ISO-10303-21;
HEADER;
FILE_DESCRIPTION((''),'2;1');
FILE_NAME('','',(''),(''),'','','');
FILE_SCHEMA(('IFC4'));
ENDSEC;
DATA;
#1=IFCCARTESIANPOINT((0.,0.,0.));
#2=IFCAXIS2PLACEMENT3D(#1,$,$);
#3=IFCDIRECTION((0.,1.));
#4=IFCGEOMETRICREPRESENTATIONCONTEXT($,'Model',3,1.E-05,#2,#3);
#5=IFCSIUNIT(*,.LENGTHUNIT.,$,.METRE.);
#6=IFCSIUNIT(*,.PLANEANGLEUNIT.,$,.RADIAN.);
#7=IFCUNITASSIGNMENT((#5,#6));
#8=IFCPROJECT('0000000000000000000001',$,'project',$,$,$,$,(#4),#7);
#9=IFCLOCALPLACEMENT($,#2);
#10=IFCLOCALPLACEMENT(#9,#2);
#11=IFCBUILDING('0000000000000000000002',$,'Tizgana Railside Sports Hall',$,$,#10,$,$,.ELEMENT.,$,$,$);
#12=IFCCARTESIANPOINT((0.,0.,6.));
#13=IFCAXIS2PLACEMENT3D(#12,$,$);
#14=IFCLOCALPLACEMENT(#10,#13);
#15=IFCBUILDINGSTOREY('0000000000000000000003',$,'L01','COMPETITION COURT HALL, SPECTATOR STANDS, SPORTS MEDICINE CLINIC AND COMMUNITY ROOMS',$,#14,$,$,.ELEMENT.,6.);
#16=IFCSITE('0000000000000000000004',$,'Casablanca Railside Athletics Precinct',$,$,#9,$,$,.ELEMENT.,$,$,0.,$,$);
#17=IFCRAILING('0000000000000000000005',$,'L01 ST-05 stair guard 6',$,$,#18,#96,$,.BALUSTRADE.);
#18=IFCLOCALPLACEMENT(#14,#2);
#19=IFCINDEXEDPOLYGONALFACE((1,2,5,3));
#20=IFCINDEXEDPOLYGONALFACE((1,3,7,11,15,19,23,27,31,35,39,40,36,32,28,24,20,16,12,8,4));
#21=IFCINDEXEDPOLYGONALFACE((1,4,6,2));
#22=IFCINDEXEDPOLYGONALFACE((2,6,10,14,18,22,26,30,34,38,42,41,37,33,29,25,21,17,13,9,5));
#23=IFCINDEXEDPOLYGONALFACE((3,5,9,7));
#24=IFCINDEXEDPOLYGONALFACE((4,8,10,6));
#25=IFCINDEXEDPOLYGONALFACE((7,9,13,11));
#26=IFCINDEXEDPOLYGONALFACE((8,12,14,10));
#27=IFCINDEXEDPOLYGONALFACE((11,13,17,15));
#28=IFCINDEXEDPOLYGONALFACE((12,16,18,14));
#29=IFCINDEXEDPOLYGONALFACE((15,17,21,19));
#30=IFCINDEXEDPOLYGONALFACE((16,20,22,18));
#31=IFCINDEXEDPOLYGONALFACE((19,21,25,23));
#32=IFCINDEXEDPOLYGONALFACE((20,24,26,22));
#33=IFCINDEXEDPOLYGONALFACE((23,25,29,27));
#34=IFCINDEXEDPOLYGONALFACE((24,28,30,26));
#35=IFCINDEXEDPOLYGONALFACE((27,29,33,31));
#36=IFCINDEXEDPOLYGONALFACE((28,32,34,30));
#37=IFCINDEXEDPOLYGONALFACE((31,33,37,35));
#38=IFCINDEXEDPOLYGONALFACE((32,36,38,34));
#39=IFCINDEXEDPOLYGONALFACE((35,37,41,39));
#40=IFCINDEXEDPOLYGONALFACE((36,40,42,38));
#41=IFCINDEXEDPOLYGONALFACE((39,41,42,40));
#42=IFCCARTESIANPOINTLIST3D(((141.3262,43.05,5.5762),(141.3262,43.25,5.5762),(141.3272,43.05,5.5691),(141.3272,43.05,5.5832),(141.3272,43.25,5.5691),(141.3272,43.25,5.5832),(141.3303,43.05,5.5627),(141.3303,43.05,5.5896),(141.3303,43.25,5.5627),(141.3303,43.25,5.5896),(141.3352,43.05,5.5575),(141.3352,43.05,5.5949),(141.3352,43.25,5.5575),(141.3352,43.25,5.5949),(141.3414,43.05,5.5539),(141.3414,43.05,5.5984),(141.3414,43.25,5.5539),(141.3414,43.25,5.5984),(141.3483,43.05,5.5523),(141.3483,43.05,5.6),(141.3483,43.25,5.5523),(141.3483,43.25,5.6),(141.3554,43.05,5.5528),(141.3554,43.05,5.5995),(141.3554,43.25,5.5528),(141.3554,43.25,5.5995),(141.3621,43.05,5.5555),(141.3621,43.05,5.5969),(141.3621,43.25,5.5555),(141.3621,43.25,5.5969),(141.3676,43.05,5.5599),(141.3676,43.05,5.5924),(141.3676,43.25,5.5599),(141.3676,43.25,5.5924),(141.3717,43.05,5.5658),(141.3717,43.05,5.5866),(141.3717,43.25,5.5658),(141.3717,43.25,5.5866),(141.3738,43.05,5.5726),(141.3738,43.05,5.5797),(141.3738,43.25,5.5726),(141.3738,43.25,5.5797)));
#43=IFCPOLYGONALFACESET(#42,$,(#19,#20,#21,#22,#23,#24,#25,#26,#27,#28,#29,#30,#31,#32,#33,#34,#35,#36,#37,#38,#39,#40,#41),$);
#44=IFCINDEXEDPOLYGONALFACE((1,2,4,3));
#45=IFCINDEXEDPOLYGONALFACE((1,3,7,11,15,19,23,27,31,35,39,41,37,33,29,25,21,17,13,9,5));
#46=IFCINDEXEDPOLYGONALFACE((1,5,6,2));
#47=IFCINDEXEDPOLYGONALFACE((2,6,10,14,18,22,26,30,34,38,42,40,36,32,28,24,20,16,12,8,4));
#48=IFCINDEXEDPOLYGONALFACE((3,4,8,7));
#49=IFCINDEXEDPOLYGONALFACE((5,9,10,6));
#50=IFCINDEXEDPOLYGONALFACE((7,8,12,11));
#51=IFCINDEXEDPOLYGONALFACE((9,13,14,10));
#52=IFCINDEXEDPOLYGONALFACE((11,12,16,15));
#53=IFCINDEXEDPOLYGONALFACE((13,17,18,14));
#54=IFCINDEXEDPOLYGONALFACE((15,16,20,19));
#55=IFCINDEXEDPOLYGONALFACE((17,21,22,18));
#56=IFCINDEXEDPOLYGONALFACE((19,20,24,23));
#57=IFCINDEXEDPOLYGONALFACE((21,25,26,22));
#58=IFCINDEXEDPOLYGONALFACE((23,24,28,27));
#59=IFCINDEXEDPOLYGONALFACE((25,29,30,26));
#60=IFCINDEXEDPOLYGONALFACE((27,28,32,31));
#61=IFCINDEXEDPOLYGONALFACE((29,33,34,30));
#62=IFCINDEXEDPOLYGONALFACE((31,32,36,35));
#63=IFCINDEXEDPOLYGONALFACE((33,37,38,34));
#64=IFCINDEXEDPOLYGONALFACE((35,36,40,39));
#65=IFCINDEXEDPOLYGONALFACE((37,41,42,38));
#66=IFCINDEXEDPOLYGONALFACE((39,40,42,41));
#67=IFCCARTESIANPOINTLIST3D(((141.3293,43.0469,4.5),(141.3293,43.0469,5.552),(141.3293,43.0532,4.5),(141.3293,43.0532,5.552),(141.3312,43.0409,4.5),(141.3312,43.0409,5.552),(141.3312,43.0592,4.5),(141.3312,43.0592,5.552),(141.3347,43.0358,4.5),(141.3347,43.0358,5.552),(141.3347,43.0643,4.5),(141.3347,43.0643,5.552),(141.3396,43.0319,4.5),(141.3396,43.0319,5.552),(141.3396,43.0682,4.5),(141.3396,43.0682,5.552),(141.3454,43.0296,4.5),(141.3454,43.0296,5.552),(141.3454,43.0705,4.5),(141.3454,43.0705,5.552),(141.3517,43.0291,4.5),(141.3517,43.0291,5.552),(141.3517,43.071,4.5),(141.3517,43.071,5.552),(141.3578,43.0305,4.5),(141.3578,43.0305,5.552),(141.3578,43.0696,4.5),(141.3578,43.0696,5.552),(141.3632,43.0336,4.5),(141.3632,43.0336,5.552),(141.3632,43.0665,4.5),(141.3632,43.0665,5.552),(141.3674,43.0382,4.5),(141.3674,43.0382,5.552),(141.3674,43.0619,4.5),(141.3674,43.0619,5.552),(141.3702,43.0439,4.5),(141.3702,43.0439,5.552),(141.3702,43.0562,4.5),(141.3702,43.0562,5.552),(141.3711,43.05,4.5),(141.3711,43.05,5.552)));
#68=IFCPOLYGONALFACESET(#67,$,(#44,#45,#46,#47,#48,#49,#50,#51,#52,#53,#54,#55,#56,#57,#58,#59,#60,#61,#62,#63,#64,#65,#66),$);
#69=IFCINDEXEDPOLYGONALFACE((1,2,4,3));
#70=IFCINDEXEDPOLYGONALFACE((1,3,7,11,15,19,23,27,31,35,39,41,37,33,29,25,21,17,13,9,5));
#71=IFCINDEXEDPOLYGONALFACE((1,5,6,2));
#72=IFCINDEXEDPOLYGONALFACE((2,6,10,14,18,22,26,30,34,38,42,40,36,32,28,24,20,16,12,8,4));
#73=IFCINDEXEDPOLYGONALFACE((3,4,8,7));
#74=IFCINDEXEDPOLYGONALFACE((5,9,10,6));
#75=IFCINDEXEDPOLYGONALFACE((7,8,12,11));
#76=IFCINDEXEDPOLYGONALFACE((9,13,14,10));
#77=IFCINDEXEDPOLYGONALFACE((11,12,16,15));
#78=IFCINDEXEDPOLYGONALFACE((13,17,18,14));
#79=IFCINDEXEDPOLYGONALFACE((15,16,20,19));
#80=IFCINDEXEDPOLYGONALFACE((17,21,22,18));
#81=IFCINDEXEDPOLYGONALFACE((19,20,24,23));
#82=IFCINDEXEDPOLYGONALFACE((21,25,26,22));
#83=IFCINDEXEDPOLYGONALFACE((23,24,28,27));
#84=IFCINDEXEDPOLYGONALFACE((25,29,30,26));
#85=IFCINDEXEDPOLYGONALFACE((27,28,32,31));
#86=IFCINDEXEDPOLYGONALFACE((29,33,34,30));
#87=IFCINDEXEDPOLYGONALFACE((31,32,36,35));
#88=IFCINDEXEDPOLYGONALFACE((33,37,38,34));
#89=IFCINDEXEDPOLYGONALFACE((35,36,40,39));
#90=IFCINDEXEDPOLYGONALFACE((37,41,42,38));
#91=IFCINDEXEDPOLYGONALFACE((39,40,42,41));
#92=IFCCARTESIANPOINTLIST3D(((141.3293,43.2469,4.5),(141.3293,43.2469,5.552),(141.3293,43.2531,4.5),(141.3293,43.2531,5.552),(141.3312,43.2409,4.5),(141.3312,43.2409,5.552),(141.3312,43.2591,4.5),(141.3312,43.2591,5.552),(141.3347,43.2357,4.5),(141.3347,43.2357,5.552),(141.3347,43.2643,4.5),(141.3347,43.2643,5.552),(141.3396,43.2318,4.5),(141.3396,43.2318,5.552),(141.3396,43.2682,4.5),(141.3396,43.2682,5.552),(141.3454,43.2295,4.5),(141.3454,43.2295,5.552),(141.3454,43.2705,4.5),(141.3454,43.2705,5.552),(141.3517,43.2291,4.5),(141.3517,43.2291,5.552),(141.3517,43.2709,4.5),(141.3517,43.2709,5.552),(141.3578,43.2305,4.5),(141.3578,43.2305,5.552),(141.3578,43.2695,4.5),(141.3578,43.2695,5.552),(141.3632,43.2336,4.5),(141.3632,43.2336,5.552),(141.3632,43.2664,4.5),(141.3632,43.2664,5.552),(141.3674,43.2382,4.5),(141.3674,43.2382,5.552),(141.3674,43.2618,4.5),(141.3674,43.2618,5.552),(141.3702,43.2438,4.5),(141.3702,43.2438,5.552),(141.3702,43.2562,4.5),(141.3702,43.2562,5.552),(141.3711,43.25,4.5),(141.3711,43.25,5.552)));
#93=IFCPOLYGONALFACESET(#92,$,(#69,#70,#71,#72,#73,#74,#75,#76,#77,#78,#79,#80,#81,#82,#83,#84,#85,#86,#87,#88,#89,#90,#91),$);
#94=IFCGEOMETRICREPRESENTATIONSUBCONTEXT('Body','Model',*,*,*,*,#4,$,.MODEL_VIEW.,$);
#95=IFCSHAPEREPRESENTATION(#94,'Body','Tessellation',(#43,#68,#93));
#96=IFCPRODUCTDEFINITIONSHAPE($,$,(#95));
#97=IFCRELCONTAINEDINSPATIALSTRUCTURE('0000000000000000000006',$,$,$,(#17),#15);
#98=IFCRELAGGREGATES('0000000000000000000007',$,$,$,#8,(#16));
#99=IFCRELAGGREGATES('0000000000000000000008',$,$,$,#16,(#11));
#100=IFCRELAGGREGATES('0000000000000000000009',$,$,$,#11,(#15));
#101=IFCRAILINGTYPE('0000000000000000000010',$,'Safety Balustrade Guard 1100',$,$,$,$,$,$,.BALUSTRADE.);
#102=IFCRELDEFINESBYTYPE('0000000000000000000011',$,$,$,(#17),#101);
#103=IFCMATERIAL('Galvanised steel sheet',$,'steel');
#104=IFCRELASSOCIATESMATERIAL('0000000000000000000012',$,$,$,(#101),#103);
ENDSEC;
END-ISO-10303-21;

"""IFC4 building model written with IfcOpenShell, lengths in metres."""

from ifc_helpers import new_model, si_unit, direction, frame, origin, origin_2d, place, context, subcontext, project, spatial, circle, extrude, material, type_object, element, save


model = new_model("IFC4")

# Units and contexts
model_context = context("Model", 3, precision=1e-05, world=origin(), true_north=direction((0.0, 1.0)))
body_context = subcontext(model_context, "Body", "Model", "MODEL_VIEW")
ifc_project = project(units=[si_unit("LENGTHUNIT", "METRE"), si_unit("PLANEANGLEUNIT", "RADIAN")], contexts=[model_context])

# Site, building, storey
site_placement = place(None, origin())
site = spatial("IfcSite", under=ifc_project, at=site_placement, Name="Casablanca Railside Athletics Precinct", CompositionType="ELEMENT", RefElevation=0.0)
building_placement = place(site_placement, origin())
building = spatial("IfcBuilding", under=site, at=building_placement, Name="Tizgana Railside Sports Hall", CompositionType="ELEMENT")
storey_placement = place(building_placement, frame((0.0, 0.0, 6.0)))
storey = spatial("IfcBuildingStorey", under=building, at=storey_placement, Name="L01", Description="COMPETITION COURT HALL, SPECTATOR STANDS, SPORTS MEDICINE CLINIC AND COMMUNITY ROOMS", CompositionType="ELEMENT", Elevation=6.0)

# Railing
ifc_material_1 = material(Name="Galvanised steel sheet", Category="steel")
railing_type_1 = type_object("IfcRailingType", Name="Safety Balustrade Guard 1100", PredefinedType="BALUSTRADE", material=ifc_material_1)
railing_1_placement = place(storey_placement, frame((141.3501, 43.05, 4.5)))
element("IfcRailing", 1, at=railing_1_placement, inside=storey, type_object=railing_type_1, Name="L01 ST-05 stair guard 6", PredefinedType="BALUSTRADE", context=body_context, shape_type="SweptSolid", body=[
    extrude(circle(Radius=0.0239, at=origin_2d()), frame((0.0, 0.0, 1.0762), z_axis=(0.0, 1.0, 0.0), x_axis=(-1.0, 0.0, 0.0)), (0.0, 0.0, 1.0), 0.2),
    extrude(circle(Radius=0.021, at=origin_2d()), origin(), (0.0, 0.0, 1.0), 1.052),
    extrude(circle(Radius=0.021, at=origin_2d()), frame((0.0, 0.2, 0.0)), (0.0, 0.0, 1.0), 1.052),
])

save(model, "model.ifc")
